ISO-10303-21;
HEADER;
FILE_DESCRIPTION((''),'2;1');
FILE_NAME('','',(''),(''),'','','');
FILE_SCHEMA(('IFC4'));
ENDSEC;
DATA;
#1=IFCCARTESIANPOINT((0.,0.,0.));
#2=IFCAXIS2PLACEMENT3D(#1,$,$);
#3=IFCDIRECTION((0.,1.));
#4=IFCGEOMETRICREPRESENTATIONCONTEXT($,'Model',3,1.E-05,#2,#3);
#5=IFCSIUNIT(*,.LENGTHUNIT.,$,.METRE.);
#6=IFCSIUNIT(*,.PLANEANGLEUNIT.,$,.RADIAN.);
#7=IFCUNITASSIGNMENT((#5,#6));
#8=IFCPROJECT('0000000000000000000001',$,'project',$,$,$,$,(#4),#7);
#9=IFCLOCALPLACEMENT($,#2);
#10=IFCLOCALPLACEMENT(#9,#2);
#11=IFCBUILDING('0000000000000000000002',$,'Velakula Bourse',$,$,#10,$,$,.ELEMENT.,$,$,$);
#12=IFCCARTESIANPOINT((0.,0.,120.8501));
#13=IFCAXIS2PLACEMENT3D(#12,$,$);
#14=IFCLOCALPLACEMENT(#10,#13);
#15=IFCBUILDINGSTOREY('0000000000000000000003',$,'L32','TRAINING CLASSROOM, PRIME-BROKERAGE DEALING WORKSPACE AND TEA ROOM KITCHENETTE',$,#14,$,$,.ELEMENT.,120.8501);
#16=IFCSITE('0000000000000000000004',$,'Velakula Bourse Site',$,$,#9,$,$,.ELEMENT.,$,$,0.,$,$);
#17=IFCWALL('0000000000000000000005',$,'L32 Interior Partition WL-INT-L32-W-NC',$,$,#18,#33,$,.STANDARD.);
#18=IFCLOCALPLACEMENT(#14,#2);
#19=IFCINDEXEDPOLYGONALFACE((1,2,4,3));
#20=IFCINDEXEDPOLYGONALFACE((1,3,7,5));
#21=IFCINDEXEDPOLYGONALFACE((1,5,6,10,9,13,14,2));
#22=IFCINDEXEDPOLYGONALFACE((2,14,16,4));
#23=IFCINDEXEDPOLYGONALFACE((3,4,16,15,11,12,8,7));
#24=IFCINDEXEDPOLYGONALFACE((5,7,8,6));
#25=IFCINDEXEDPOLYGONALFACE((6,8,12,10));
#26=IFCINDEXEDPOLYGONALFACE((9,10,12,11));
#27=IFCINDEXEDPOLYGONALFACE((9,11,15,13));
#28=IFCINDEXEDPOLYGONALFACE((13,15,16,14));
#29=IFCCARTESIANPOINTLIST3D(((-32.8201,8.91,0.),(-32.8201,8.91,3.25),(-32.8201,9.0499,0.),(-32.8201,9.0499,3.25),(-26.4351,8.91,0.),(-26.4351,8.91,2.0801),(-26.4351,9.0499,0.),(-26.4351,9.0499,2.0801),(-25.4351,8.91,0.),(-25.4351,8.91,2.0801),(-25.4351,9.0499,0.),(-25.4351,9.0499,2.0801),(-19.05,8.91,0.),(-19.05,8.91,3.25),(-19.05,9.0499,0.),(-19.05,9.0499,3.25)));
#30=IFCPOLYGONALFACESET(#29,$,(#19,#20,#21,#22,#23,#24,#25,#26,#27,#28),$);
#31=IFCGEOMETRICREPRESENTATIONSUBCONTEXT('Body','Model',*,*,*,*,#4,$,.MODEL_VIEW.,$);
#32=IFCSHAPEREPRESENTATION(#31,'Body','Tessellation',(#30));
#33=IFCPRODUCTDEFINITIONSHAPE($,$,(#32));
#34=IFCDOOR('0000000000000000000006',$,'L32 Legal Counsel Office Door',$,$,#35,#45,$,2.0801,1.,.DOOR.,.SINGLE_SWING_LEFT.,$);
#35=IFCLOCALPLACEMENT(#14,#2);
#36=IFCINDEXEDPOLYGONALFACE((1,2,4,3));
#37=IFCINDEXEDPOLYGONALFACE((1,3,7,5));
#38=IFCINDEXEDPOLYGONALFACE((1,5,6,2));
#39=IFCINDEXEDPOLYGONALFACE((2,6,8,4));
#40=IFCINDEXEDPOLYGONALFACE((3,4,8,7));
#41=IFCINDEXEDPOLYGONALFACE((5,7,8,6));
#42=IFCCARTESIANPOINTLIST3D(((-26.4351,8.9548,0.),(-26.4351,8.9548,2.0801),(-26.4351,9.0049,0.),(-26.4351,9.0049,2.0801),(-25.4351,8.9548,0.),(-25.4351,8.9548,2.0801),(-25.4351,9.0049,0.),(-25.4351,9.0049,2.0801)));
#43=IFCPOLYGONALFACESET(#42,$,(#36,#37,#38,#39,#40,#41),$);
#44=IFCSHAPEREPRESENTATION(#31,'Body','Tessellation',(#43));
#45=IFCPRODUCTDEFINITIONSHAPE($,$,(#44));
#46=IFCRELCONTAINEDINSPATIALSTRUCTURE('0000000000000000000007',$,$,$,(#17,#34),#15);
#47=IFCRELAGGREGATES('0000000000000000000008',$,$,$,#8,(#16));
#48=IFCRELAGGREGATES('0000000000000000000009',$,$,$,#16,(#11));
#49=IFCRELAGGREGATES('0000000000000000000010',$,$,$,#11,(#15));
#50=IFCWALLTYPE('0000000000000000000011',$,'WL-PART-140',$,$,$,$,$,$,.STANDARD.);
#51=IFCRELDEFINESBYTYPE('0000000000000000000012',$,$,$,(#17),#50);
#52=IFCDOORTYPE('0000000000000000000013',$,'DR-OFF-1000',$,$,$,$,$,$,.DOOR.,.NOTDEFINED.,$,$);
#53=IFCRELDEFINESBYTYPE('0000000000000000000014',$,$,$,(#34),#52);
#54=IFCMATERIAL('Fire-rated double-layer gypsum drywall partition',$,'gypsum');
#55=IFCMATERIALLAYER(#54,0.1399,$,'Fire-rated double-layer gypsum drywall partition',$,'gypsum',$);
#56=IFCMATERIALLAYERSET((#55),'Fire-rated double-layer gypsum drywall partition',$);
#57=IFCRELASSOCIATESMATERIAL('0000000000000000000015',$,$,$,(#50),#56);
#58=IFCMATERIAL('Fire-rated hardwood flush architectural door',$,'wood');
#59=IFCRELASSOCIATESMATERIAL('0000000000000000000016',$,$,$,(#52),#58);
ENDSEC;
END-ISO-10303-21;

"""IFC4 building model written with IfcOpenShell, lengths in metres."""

from ifc_helpers import new_model, si_unit, direction, frame, frame_2d, origin, place, context, subcontext, project, spatial, rectangle, extrude, material, layer, layer_set, type_object, element, fill, save


model = new_model("IFC4")

# Units and contexts
model_context = context("Model", 3, precision=1e-05, world=origin(), true_north=direction((0.0, 1.0)))
body_context = subcontext(model_context, "Body", "Model", "MODEL_VIEW")
ifc_project = project(units=[si_unit("LENGTHUNIT", "METRE"), si_unit("PLANEANGLEUNIT", "RADIAN")], contexts=[model_context])

# Site, building, storey
site_placement = place(None, origin())
site = spatial("IfcSite", under=ifc_project, at=site_placement, Name="Velakula Bourse Site", CompositionType="ELEMENT", RefElevation=0.0)
building_placement = place(site_placement, origin())
building = spatial("IfcBuilding", under=site, at=building_placement, Name="Velakula Bourse", CompositionType="ELEMENT")
storey_placement = place(building_placement, frame((0.0, 0.0, 120.8501)))
storey = spatial("IfcBuildingStorey", under=building, at=storey_placement, Name="L32", Description="TRAINING CLASSROOM, PRIME-BROKERAGE DEALING WORKSPACE AND TEA ROOM KITCHENETTE", CompositionType="ELEMENT", Elevation=120.8501)

# Shared definitions
ifc_material_1 = material(Name="Fire-rated hardwood flush architectural door", Category="wood")

# Shared definitions
ifc_material_2 = material(Name="Fire-rated double-layer gypsum drywall partition", Category="gypsum")

# Shared definitions
ifc_layer_1 = layer(ifc_material_2, 0.1399, Name="Fire-rated double-layer gypsum drywall partition", Category="gypsum")
ifc_layer_set_1 = layer_set([ifc_layer_1], Name="Fire-rated double-layer gypsum drywall partition")
wall_type_1 = type_object("IfcWallType", Name="WL-PART-140", PredefinedType="STANDARD", material=ifc_layer_set_1)
door_type_1 = type_object("IfcDoorType", Name="DR-OFF-1000", OperationType="NOTDEFINED", PredefinedType="DOOR", material=ifc_material_1)

# Wall, opening, door
wall_1_placement = place(storey_placement, frame((-32.8201, 8.98, 0.0), z_axis=(0.0, 0.0, 1.0), x_axis=(1.0, 0.0, 0.0)))
wall_1 = element("IfcWall", 1, at=wall_1_placement, inside=storey, type_object=wall_type_1, Name="L32 Interior Partition WL-INT-L32-W-NC", PredefinedType="STANDARD", context=body_context, shape_type="SweptSolid", body=[
    extrude(rectangle(XDim=13.77, YDim=0.1399, at=frame_2d((6.885, 0.0))), origin(), (0.0, 0.0, 1.0), 3.25),
])
opening_1_placement = place(wall_1_placement, frame((6.385, 0.0, 0.0)))
opening_1 = element("IfcOpeningElement", 2, at=opening_1_placement, cuts=wall_1, PredefinedType="OPENING", context=body_context, shape_type="SweptSolid", body=[
    extrude(rectangle(XDim=1.0, YDim=2.0801, at=frame_2d((0.5, 1.04))), frame((0.0, 0.0798, 0.0), z_axis=(0.0, -1.0, 0.0), x_axis=(1.0, 0.0, 0.0)), (0.0, 0.0, 1.0), 0.1599),
])
door_1_placement = place(opening_1_placement, origin())
door_1 = element("IfcDoor", 3, at=door_1_placement, inside=storey, type_object=door_type_1, Name="L32 Legal Counsel Office Door", OperationType="SINGLE_SWING_LEFT", OverallHeight=2.0801, OverallWidth=1.0, PredefinedType="DOOR", context=body_context, shape_type="SweptSolid", body=[
    extrude(rectangle(XDim=1.0, YDim=2.0801, at=frame_2d((0.5, 1.04))), frame((0.0, 0.0249, 0.0), z_axis=(0.0, -1.0, 0.0), x_axis=(1.0, 0.0, 0.0)), (0.0, 0.0, 1.0), 0.05),
])
fill(opening_1, door_1)

save(model, "model.ifc")
